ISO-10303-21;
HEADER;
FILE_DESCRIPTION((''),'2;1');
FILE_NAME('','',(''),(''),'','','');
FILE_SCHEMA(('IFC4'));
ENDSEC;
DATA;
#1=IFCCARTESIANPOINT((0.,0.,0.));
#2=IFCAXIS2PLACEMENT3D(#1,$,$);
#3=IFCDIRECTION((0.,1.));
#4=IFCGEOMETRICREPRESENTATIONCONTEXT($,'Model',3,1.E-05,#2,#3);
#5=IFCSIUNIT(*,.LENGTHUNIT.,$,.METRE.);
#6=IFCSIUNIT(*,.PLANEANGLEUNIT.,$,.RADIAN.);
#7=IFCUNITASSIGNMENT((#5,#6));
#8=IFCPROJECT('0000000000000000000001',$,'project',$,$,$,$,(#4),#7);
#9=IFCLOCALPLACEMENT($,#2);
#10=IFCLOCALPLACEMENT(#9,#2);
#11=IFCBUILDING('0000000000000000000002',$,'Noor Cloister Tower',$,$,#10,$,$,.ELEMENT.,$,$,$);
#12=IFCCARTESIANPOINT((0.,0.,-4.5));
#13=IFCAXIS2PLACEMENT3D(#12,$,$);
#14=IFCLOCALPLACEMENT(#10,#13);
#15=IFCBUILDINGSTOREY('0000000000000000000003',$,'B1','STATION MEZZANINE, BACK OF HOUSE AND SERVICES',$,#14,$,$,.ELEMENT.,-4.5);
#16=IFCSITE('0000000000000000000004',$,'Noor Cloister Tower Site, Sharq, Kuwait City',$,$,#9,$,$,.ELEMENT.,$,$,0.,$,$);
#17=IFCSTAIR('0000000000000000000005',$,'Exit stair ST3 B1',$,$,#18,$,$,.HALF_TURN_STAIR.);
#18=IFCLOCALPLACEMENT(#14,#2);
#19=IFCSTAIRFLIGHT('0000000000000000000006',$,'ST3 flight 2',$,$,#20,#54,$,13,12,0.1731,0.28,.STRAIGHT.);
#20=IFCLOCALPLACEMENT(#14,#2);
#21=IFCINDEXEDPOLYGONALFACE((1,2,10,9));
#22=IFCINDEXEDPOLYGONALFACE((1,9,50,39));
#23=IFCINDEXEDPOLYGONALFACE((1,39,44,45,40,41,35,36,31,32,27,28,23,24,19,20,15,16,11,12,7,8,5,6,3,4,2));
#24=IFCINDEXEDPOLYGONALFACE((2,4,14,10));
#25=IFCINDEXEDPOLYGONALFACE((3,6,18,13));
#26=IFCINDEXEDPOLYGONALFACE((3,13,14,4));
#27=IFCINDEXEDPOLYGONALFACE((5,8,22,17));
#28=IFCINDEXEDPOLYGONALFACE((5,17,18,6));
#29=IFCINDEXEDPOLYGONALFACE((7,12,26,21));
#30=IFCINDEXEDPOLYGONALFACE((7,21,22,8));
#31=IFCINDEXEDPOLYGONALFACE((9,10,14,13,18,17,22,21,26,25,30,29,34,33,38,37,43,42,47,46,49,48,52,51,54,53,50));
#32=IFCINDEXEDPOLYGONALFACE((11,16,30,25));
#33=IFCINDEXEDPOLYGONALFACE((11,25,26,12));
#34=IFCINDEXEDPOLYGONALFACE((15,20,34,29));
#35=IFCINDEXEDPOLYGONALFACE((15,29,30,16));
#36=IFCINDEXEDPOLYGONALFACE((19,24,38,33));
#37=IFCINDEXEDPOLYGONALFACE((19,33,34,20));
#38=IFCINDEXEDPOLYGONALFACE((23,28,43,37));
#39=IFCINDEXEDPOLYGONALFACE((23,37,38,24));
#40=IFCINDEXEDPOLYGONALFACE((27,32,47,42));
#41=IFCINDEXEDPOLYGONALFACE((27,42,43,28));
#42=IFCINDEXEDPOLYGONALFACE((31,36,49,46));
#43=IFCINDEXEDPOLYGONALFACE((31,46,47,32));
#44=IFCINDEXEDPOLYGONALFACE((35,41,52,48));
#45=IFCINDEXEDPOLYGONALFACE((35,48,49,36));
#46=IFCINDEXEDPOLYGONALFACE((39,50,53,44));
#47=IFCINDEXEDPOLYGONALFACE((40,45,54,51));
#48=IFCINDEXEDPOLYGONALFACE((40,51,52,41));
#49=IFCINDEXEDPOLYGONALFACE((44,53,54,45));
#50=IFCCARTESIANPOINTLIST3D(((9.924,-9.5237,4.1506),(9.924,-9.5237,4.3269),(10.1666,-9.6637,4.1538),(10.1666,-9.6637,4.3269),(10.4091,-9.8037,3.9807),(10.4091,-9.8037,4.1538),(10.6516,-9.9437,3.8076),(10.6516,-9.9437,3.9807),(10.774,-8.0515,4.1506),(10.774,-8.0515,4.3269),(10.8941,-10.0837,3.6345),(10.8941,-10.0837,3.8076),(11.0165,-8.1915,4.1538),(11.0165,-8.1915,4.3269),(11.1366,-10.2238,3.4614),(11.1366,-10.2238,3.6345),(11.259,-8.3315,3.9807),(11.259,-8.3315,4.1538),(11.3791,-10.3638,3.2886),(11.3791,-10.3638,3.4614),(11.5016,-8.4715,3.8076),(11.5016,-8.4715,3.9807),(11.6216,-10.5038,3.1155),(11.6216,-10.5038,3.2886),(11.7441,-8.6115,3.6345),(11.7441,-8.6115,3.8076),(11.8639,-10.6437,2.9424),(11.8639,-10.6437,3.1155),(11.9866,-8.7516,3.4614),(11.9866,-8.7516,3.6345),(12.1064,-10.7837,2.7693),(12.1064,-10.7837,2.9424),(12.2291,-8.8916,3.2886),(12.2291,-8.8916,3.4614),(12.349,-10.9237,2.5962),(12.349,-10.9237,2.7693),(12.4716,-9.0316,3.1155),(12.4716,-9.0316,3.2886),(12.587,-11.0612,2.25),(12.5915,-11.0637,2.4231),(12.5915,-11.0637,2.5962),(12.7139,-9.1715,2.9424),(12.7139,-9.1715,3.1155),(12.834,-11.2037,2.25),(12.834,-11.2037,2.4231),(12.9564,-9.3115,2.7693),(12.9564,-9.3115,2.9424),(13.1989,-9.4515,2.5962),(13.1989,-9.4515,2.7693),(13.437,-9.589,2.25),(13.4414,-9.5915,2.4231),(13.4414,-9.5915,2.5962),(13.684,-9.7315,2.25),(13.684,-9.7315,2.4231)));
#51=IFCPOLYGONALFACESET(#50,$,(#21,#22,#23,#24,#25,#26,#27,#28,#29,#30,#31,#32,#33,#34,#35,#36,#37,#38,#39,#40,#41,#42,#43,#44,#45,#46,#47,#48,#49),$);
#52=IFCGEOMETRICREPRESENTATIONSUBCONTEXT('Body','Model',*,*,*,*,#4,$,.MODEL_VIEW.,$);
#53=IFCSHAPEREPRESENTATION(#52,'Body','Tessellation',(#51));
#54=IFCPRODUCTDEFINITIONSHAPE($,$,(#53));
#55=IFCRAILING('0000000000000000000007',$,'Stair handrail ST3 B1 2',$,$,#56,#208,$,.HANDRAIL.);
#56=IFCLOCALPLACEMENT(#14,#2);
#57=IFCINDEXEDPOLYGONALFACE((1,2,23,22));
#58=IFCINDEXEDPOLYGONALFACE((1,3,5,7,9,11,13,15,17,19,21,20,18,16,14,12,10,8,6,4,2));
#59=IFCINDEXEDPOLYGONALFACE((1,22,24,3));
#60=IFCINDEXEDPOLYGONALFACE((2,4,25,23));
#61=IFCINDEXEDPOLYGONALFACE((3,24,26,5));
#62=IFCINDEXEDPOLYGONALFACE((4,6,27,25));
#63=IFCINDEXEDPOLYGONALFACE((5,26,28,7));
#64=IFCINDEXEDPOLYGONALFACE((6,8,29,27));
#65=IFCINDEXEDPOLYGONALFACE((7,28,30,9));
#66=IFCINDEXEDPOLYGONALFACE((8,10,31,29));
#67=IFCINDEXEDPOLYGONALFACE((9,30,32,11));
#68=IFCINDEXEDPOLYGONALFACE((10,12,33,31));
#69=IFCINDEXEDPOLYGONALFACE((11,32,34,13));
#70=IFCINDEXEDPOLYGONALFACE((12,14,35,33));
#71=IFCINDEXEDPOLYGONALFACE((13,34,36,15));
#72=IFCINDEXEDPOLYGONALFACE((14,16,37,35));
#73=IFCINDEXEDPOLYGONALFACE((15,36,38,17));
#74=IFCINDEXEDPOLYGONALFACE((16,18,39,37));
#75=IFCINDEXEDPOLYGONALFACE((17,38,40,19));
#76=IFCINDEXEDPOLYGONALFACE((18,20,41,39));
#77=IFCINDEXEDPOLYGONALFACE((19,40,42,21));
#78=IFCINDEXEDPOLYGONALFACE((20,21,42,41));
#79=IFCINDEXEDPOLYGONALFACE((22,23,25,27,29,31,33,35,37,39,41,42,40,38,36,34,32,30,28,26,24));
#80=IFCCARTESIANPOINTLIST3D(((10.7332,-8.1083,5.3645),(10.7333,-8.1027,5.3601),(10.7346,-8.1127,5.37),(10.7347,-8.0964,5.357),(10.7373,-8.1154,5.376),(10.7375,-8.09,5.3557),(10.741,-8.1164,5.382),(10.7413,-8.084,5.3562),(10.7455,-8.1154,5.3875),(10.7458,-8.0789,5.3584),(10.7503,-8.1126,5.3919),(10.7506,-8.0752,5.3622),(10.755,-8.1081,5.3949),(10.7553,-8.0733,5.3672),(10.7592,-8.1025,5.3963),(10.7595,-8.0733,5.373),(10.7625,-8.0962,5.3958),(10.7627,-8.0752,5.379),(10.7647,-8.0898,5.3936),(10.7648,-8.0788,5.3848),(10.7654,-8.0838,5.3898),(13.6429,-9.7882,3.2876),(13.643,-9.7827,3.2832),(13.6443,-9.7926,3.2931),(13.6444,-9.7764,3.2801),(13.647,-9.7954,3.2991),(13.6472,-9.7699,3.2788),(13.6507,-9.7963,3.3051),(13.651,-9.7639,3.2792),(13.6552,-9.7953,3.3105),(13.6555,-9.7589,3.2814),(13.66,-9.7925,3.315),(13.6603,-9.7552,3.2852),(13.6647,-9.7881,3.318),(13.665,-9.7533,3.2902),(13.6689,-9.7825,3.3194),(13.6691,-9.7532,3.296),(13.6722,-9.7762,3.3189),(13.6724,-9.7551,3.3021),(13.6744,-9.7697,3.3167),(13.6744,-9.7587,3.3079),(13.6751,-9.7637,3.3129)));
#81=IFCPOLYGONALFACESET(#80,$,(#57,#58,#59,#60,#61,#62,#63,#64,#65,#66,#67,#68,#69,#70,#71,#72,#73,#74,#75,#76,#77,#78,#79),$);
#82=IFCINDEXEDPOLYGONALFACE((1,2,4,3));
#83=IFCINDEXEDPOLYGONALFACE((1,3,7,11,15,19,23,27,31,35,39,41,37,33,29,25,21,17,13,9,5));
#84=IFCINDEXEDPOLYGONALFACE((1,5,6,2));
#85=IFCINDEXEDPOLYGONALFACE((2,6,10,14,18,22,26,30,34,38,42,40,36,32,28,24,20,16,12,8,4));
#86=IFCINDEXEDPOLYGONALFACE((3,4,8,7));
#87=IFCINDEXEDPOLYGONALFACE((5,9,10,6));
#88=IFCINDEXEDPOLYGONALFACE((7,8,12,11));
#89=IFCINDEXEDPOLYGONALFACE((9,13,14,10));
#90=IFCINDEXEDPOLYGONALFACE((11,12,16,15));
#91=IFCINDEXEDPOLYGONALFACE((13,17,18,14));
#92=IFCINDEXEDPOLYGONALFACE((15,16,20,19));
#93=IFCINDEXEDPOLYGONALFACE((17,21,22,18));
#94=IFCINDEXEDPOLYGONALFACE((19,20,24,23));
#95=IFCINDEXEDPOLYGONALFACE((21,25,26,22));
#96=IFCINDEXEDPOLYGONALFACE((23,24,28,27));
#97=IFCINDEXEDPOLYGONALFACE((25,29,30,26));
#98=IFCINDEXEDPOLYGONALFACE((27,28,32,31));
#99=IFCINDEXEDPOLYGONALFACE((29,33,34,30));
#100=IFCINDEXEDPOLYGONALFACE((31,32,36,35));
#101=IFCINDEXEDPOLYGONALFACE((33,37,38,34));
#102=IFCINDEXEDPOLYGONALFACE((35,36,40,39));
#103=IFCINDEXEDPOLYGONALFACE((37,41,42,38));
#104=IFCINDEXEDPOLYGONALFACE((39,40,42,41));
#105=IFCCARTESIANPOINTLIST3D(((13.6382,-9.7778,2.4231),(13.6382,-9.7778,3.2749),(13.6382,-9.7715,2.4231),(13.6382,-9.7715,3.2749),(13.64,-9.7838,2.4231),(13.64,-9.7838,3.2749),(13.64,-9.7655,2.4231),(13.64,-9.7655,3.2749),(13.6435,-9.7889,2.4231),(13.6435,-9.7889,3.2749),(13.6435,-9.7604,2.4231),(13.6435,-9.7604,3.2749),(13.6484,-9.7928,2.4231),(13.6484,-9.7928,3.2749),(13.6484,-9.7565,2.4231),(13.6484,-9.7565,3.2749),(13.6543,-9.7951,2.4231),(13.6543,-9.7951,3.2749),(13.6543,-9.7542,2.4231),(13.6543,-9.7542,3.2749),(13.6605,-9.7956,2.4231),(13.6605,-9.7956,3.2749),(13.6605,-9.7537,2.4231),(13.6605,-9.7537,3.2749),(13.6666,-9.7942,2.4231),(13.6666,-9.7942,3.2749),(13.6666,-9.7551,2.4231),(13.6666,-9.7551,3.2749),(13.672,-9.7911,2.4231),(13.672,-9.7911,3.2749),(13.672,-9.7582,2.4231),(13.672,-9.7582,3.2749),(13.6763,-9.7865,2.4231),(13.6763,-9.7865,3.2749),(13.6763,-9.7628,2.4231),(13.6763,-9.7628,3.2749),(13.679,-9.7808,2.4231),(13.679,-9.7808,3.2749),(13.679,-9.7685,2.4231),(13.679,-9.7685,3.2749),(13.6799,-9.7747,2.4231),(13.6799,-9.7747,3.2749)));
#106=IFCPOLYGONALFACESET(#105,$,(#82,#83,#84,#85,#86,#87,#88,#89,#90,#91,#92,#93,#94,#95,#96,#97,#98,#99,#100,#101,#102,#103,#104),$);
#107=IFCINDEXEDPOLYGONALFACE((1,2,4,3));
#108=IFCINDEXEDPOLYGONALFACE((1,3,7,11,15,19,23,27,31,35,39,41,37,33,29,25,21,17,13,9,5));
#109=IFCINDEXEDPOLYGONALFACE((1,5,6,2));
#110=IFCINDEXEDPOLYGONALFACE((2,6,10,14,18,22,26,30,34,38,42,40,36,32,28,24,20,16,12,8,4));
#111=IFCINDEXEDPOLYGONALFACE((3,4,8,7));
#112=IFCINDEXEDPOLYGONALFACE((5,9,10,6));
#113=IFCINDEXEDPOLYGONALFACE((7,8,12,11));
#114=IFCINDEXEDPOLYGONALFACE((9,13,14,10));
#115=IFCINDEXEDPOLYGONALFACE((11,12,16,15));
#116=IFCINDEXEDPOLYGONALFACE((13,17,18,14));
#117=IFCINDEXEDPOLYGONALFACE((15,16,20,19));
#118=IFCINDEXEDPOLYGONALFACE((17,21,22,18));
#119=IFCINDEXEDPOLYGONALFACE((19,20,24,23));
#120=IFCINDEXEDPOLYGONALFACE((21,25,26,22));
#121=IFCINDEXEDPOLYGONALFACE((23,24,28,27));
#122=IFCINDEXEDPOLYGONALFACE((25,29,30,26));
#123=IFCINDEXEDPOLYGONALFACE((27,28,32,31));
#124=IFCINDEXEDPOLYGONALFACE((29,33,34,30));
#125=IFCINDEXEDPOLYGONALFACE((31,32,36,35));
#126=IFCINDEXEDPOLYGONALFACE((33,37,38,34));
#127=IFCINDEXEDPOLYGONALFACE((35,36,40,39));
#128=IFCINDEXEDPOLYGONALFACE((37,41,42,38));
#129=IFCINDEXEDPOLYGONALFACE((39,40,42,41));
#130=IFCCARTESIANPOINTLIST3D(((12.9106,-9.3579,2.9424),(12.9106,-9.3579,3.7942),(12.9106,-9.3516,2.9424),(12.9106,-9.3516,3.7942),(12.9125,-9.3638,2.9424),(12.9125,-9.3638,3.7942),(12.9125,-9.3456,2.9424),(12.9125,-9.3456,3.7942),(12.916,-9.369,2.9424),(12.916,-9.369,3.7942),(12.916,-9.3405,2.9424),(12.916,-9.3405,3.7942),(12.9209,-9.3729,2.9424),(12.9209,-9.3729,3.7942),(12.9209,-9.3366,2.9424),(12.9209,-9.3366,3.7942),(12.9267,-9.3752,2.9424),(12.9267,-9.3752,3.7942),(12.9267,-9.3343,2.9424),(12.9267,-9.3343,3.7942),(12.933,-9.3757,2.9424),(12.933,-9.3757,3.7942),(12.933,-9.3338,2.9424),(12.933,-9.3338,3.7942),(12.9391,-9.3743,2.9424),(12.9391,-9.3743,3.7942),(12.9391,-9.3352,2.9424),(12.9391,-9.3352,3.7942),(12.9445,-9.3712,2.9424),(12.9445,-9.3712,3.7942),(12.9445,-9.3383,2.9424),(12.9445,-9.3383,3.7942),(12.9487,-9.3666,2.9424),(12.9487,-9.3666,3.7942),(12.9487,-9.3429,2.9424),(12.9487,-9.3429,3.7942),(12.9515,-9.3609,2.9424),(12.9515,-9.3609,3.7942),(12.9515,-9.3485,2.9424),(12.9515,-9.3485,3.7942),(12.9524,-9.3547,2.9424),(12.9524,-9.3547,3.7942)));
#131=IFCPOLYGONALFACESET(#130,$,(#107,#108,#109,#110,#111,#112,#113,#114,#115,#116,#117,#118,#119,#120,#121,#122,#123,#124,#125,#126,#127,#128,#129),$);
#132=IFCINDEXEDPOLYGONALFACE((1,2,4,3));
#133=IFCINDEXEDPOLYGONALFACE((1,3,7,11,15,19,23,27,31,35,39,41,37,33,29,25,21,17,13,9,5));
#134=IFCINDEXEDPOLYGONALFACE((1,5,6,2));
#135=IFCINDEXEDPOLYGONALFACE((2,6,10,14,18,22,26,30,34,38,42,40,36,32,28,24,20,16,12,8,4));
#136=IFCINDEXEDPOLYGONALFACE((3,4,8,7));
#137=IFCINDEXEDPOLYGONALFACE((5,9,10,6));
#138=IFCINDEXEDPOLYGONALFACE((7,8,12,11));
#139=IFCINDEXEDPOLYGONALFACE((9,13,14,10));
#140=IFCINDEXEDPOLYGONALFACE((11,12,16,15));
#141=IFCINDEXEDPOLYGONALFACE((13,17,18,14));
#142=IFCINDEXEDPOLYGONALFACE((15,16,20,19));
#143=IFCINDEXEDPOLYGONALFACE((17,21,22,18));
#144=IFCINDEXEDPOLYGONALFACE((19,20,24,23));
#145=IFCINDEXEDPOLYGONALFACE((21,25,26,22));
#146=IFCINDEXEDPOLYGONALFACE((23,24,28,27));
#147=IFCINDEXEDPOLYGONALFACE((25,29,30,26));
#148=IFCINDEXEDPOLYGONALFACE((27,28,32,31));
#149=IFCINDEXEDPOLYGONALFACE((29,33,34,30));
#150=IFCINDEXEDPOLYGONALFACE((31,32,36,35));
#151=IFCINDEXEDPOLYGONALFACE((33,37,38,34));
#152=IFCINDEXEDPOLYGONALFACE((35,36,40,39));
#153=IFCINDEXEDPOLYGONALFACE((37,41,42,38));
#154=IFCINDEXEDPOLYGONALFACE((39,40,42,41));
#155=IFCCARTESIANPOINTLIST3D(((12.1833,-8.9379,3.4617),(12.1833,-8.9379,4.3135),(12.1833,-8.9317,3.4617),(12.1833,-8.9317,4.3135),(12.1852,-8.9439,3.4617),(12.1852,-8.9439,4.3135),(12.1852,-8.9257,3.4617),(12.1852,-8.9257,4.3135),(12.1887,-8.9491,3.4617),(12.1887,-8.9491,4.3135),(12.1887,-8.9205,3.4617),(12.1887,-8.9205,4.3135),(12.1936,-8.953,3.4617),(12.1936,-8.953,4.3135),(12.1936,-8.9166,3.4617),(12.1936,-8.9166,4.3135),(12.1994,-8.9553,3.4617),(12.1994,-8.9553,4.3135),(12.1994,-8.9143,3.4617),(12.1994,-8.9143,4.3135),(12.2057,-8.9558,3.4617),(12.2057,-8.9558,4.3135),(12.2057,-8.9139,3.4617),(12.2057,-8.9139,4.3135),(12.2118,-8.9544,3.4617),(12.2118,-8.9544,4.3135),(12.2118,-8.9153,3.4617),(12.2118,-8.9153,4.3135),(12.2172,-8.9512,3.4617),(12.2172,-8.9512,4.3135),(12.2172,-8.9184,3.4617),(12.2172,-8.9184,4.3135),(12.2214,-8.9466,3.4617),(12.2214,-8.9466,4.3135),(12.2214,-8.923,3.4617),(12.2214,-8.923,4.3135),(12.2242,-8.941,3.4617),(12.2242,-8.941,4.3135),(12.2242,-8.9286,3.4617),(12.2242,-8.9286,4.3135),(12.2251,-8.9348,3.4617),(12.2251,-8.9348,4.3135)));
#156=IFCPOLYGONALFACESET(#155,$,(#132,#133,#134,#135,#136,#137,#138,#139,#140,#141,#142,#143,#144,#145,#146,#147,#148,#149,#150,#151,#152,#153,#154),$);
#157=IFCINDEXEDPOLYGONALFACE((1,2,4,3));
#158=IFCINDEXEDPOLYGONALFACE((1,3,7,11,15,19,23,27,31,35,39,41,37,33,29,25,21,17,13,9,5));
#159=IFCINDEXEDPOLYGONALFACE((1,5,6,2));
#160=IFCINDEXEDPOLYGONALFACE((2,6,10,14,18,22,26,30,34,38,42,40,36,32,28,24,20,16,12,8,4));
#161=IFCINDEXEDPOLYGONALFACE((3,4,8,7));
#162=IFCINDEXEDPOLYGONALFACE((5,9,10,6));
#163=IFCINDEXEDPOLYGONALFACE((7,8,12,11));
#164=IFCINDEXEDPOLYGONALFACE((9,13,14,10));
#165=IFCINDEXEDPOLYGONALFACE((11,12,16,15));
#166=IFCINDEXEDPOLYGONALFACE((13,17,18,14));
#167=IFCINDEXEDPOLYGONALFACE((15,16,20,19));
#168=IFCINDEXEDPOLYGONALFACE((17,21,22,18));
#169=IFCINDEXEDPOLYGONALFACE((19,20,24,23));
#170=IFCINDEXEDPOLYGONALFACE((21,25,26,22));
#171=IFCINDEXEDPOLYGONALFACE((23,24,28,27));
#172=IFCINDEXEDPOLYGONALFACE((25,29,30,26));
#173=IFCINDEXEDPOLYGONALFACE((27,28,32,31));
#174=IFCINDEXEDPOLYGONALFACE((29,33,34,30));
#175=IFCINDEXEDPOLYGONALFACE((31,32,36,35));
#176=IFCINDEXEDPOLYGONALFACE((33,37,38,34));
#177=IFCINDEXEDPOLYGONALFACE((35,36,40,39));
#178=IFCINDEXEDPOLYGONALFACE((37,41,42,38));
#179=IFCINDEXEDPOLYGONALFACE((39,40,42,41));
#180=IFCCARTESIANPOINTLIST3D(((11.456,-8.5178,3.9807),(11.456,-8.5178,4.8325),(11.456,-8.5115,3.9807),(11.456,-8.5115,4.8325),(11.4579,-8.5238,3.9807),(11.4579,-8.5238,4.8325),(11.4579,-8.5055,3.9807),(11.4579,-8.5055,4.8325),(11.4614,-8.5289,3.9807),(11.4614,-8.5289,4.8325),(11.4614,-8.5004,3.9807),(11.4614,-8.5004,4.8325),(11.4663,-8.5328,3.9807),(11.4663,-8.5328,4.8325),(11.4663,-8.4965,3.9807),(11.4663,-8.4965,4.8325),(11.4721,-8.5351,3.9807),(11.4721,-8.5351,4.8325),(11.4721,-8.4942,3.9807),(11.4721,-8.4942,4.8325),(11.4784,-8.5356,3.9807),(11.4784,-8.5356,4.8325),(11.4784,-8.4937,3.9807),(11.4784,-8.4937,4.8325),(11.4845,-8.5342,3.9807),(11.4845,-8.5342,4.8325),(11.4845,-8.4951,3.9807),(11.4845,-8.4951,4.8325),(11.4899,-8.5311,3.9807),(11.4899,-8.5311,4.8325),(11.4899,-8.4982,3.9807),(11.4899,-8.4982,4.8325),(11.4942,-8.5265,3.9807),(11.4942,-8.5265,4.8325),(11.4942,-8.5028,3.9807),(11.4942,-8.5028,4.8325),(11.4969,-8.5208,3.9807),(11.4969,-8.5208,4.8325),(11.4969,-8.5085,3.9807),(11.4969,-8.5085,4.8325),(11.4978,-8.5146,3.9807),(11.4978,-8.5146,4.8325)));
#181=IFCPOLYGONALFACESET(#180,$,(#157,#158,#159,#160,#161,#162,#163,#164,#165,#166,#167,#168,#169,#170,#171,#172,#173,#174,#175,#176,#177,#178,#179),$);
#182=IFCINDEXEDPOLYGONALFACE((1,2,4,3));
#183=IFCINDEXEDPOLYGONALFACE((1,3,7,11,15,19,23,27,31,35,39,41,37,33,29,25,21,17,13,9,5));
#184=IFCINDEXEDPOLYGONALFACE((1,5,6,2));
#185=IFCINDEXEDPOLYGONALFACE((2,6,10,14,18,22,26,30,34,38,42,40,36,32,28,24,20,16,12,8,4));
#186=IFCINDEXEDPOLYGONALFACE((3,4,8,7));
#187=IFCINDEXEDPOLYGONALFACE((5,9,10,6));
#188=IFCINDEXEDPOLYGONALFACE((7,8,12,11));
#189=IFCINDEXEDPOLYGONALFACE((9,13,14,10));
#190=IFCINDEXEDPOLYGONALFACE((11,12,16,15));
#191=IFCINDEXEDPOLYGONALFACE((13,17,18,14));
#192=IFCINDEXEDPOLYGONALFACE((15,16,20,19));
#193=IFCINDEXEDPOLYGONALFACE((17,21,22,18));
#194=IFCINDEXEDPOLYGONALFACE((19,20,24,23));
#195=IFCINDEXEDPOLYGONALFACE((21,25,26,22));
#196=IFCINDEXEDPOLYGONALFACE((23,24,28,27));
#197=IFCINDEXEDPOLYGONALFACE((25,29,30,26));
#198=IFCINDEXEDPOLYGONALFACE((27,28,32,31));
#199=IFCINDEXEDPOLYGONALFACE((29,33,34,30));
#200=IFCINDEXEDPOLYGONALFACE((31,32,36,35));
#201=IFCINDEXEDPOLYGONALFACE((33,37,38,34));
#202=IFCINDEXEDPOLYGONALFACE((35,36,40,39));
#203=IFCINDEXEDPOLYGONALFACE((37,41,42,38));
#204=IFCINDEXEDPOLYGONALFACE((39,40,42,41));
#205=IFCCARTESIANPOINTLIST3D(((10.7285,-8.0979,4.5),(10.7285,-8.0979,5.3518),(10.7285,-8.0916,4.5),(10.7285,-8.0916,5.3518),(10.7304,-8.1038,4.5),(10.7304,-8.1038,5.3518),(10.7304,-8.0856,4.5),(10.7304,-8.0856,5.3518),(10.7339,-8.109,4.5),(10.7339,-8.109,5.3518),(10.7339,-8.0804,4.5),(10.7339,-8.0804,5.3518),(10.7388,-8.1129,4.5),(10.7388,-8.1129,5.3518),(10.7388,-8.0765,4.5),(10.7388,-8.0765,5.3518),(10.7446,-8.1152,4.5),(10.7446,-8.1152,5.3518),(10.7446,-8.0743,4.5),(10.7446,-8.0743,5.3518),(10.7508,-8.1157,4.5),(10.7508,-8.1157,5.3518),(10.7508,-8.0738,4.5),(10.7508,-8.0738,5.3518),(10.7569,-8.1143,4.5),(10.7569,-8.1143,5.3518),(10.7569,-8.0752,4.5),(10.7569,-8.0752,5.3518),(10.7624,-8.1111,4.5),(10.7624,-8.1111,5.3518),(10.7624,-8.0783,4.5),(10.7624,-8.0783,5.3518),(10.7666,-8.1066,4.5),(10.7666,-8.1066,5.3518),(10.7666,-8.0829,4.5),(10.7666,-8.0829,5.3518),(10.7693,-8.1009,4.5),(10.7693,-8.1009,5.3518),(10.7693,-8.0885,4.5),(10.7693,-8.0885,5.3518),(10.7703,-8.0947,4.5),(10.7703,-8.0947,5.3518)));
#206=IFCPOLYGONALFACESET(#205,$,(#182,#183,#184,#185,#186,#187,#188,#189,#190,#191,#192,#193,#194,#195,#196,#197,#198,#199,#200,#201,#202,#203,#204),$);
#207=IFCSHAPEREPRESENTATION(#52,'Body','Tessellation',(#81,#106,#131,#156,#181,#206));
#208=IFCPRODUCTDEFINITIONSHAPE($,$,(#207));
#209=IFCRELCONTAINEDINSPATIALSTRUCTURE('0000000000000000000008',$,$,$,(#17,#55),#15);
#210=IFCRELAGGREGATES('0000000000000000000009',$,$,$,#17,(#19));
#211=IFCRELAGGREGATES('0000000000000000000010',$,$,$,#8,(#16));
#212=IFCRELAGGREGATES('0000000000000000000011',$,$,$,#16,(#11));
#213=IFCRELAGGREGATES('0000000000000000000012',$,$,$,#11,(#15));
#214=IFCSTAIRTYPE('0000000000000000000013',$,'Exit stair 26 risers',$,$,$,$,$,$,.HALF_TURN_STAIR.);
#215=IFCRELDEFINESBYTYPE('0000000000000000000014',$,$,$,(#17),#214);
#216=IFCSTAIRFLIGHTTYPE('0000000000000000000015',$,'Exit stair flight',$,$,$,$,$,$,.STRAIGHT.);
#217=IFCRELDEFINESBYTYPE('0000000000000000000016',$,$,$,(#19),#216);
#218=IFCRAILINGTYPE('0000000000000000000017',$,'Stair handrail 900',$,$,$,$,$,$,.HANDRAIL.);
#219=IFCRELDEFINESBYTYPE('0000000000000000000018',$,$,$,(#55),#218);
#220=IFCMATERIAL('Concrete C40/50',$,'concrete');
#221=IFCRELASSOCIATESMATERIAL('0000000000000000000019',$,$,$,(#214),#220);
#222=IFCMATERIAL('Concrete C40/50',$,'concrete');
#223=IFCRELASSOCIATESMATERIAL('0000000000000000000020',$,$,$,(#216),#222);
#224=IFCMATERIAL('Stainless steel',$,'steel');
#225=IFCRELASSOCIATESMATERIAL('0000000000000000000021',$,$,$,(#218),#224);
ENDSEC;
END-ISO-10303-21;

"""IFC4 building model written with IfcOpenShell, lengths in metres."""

from ifc_helpers import new_model, si_unit, direction, frame, origin, origin_2d, place, context, subcontext, project, spatial, polyline, circle, outline, extrude, material, type_object, element, aggregate, save


model = new_model("IFC4")

# Units and contexts
model_context = context("Model", 3, precision=1e-05, world=origin(), true_north=direction((0.0, 1.0)))
body_context = subcontext(model_context, "Body", "Model", "MODEL_VIEW")
ifc_project = project(units=[si_unit("LENGTHUNIT", "METRE"), si_unit("PLANEANGLEUNIT", "RADIAN")], contexts=[model_context])

# Site, building, storey
site_placement = place(None, origin())
site = spatial("IfcSite", under=ifc_project, at=site_placement, Name="Noor Cloister Tower Site, Sharq, Kuwait City", CompositionType="ELEMENT", RefElevation=0.0)
building_placement = place(site_placement, origin())
building = spatial("IfcBuilding", under=site, at=building_placement, Name="Noor Cloister Tower", CompositionType="ELEMENT")
storey_placement = place(building_placement, frame((0.0, 0.0, -4.5)))
storey = spatial("IfcBuildingStorey", under=building, at=storey_placement, Name="B1", Description="STATION MEZZANINE, BACK OF HOUSE AND SERVICES", CompositionType="ELEMENT", Elevation=-4.5)

# Stair, stair flight
ifc_material_1 = material(Name="Concrete C40/50", Category="concrete")
stair_type = type_object("IfcStairType", Name="Exit stair 26 risers", PredefinedType="HALF_TURN_STAIR", material=ifc_material_1)
stair_placement = place(storey_placement, origin())
stair = element("IfcStair", 1, at=stair_placement, inside=storey, type_object=stair_type, Name="Exit stair ST3 B1", PredefinedType="HALF_TURN_STAIR")
ifc_material_2 = material(Name="Concrete C40/50", Category="concrete")
stair_flight_type = type_object("IfcStairFlightType", Name="Exit stair flight", PredefinedType="STRAIGHT", material=ifc_material_2)
stair_flight_placement = place(storey_placement, frame((13.259, -10.4675, 2.25), z_axis=(0.0, 0.0, 1.0), x_axis=(-0.866025, 0.5, 0.0)))
stair_flight = element("IfcStairFlight", 2, at=stair_flight_placement, type_object=stair_flight_type, Name="ST3 flight 2", NumberOfRisers=13, NumberOfTreads=12, PredefinedType="STRAIGHT", RiserHeight=0.1731, TreadLength=0.28, context=body_context, shape_type="SweptSolid", body=[
    extrude(outline(polyline([(0.0, 0.0), (0.0, 0.1731), (0.28, 0.1731), (0.28, 0.3462), (0.5601, 0.3462), (0.5601, 0.5193), (0.8401, 0.5193), (0.8401, 0.6924), (1.1201, 0.6924), (1.1201, 0.8655), (1.3999, 0.8655), (1.3999, 1.0386), (1.6799, 1.0386), (1.6799, 1.2114), (1.96, 1.2114), (1.96, 1.3845), (2.24, 1.3845), (2.24, 1.5576), (2.52, 1.5576), (2.52, 1.7307), (2.8, 1.7307), (2.8, 1.9038), (3.0801, 1.9038), (3.0801, 2.0769), (3.3601, 2.0769), (3.3601, 2.25), (3.3601, 1.9006), (0.2852, 0.0), (0.0, 0.0)])), frame((0.0, 0.8501, 0.0), z_axis=(0.0, -1.0, 0.0), x_axis=(1.0, 0.0, 0.0)), (0.0, 0.0, 1.0), 1.7),
])
aggregate(stair, [stair_flight])

# Railing
ifc_material_3 = material(Name="Stainless steel", Category="steel")
railing_type = type_object("IfcRailingType", Name="Stair handrail 900", PredefinedType="HANDRAIL", material=ifc_material_3)
railing_placement = place(storey_placement, frame((13.6589, -9.7747, 2.4231)))
element("IfcRailing", 3, at=railing_placement, inside=storey, type_object=railing_type, Name="Stair handrail ST3 B1 2", PredefinedType="HANDRAIL", context=body_context, shape_type="SweptSolid", body=[
    extrude(circle(Radius=0.0239, at=origin_2d()), frame((0.0, 0.0, 0.876), z_axis=(-0.73664, 0.425308, 0.525809), x_axis=(-0.500008, -0.866021, 0.0)), (0.0, 0.0, 1.0), 3.95),
    extrude(circle(Radius=0.021, at=origin_2d()), origin(), (0.0, 0.0, 1.0), 0.8518),
    extrude(circle(Radius=0.021, at=origin_2d()), frame((-0.7275, 0.4199, 0.5193)), (0.0, 0.0, 1.0), 0.8518),
    extrude(circle(Radius=0.021, at=origin_2d()), frame((-1.4548, 0.8398, 1.0386)), (0.0, 0.0, 1.0), 0.8518),
    extrude(circle(Radius=0.021, at=origin_2d()), frame((-2.1821, 1.26, 1.5576)), (0.0, 0.0, 1.0), 0.8518),
    extrude(circle(Radius=0.021, at=origin_2d()), frame((-2.9097, 1.6799, 2.0769)), (0.0, 0.0, 1.0), 0.8518),
])

save(model, "model.ifc")
